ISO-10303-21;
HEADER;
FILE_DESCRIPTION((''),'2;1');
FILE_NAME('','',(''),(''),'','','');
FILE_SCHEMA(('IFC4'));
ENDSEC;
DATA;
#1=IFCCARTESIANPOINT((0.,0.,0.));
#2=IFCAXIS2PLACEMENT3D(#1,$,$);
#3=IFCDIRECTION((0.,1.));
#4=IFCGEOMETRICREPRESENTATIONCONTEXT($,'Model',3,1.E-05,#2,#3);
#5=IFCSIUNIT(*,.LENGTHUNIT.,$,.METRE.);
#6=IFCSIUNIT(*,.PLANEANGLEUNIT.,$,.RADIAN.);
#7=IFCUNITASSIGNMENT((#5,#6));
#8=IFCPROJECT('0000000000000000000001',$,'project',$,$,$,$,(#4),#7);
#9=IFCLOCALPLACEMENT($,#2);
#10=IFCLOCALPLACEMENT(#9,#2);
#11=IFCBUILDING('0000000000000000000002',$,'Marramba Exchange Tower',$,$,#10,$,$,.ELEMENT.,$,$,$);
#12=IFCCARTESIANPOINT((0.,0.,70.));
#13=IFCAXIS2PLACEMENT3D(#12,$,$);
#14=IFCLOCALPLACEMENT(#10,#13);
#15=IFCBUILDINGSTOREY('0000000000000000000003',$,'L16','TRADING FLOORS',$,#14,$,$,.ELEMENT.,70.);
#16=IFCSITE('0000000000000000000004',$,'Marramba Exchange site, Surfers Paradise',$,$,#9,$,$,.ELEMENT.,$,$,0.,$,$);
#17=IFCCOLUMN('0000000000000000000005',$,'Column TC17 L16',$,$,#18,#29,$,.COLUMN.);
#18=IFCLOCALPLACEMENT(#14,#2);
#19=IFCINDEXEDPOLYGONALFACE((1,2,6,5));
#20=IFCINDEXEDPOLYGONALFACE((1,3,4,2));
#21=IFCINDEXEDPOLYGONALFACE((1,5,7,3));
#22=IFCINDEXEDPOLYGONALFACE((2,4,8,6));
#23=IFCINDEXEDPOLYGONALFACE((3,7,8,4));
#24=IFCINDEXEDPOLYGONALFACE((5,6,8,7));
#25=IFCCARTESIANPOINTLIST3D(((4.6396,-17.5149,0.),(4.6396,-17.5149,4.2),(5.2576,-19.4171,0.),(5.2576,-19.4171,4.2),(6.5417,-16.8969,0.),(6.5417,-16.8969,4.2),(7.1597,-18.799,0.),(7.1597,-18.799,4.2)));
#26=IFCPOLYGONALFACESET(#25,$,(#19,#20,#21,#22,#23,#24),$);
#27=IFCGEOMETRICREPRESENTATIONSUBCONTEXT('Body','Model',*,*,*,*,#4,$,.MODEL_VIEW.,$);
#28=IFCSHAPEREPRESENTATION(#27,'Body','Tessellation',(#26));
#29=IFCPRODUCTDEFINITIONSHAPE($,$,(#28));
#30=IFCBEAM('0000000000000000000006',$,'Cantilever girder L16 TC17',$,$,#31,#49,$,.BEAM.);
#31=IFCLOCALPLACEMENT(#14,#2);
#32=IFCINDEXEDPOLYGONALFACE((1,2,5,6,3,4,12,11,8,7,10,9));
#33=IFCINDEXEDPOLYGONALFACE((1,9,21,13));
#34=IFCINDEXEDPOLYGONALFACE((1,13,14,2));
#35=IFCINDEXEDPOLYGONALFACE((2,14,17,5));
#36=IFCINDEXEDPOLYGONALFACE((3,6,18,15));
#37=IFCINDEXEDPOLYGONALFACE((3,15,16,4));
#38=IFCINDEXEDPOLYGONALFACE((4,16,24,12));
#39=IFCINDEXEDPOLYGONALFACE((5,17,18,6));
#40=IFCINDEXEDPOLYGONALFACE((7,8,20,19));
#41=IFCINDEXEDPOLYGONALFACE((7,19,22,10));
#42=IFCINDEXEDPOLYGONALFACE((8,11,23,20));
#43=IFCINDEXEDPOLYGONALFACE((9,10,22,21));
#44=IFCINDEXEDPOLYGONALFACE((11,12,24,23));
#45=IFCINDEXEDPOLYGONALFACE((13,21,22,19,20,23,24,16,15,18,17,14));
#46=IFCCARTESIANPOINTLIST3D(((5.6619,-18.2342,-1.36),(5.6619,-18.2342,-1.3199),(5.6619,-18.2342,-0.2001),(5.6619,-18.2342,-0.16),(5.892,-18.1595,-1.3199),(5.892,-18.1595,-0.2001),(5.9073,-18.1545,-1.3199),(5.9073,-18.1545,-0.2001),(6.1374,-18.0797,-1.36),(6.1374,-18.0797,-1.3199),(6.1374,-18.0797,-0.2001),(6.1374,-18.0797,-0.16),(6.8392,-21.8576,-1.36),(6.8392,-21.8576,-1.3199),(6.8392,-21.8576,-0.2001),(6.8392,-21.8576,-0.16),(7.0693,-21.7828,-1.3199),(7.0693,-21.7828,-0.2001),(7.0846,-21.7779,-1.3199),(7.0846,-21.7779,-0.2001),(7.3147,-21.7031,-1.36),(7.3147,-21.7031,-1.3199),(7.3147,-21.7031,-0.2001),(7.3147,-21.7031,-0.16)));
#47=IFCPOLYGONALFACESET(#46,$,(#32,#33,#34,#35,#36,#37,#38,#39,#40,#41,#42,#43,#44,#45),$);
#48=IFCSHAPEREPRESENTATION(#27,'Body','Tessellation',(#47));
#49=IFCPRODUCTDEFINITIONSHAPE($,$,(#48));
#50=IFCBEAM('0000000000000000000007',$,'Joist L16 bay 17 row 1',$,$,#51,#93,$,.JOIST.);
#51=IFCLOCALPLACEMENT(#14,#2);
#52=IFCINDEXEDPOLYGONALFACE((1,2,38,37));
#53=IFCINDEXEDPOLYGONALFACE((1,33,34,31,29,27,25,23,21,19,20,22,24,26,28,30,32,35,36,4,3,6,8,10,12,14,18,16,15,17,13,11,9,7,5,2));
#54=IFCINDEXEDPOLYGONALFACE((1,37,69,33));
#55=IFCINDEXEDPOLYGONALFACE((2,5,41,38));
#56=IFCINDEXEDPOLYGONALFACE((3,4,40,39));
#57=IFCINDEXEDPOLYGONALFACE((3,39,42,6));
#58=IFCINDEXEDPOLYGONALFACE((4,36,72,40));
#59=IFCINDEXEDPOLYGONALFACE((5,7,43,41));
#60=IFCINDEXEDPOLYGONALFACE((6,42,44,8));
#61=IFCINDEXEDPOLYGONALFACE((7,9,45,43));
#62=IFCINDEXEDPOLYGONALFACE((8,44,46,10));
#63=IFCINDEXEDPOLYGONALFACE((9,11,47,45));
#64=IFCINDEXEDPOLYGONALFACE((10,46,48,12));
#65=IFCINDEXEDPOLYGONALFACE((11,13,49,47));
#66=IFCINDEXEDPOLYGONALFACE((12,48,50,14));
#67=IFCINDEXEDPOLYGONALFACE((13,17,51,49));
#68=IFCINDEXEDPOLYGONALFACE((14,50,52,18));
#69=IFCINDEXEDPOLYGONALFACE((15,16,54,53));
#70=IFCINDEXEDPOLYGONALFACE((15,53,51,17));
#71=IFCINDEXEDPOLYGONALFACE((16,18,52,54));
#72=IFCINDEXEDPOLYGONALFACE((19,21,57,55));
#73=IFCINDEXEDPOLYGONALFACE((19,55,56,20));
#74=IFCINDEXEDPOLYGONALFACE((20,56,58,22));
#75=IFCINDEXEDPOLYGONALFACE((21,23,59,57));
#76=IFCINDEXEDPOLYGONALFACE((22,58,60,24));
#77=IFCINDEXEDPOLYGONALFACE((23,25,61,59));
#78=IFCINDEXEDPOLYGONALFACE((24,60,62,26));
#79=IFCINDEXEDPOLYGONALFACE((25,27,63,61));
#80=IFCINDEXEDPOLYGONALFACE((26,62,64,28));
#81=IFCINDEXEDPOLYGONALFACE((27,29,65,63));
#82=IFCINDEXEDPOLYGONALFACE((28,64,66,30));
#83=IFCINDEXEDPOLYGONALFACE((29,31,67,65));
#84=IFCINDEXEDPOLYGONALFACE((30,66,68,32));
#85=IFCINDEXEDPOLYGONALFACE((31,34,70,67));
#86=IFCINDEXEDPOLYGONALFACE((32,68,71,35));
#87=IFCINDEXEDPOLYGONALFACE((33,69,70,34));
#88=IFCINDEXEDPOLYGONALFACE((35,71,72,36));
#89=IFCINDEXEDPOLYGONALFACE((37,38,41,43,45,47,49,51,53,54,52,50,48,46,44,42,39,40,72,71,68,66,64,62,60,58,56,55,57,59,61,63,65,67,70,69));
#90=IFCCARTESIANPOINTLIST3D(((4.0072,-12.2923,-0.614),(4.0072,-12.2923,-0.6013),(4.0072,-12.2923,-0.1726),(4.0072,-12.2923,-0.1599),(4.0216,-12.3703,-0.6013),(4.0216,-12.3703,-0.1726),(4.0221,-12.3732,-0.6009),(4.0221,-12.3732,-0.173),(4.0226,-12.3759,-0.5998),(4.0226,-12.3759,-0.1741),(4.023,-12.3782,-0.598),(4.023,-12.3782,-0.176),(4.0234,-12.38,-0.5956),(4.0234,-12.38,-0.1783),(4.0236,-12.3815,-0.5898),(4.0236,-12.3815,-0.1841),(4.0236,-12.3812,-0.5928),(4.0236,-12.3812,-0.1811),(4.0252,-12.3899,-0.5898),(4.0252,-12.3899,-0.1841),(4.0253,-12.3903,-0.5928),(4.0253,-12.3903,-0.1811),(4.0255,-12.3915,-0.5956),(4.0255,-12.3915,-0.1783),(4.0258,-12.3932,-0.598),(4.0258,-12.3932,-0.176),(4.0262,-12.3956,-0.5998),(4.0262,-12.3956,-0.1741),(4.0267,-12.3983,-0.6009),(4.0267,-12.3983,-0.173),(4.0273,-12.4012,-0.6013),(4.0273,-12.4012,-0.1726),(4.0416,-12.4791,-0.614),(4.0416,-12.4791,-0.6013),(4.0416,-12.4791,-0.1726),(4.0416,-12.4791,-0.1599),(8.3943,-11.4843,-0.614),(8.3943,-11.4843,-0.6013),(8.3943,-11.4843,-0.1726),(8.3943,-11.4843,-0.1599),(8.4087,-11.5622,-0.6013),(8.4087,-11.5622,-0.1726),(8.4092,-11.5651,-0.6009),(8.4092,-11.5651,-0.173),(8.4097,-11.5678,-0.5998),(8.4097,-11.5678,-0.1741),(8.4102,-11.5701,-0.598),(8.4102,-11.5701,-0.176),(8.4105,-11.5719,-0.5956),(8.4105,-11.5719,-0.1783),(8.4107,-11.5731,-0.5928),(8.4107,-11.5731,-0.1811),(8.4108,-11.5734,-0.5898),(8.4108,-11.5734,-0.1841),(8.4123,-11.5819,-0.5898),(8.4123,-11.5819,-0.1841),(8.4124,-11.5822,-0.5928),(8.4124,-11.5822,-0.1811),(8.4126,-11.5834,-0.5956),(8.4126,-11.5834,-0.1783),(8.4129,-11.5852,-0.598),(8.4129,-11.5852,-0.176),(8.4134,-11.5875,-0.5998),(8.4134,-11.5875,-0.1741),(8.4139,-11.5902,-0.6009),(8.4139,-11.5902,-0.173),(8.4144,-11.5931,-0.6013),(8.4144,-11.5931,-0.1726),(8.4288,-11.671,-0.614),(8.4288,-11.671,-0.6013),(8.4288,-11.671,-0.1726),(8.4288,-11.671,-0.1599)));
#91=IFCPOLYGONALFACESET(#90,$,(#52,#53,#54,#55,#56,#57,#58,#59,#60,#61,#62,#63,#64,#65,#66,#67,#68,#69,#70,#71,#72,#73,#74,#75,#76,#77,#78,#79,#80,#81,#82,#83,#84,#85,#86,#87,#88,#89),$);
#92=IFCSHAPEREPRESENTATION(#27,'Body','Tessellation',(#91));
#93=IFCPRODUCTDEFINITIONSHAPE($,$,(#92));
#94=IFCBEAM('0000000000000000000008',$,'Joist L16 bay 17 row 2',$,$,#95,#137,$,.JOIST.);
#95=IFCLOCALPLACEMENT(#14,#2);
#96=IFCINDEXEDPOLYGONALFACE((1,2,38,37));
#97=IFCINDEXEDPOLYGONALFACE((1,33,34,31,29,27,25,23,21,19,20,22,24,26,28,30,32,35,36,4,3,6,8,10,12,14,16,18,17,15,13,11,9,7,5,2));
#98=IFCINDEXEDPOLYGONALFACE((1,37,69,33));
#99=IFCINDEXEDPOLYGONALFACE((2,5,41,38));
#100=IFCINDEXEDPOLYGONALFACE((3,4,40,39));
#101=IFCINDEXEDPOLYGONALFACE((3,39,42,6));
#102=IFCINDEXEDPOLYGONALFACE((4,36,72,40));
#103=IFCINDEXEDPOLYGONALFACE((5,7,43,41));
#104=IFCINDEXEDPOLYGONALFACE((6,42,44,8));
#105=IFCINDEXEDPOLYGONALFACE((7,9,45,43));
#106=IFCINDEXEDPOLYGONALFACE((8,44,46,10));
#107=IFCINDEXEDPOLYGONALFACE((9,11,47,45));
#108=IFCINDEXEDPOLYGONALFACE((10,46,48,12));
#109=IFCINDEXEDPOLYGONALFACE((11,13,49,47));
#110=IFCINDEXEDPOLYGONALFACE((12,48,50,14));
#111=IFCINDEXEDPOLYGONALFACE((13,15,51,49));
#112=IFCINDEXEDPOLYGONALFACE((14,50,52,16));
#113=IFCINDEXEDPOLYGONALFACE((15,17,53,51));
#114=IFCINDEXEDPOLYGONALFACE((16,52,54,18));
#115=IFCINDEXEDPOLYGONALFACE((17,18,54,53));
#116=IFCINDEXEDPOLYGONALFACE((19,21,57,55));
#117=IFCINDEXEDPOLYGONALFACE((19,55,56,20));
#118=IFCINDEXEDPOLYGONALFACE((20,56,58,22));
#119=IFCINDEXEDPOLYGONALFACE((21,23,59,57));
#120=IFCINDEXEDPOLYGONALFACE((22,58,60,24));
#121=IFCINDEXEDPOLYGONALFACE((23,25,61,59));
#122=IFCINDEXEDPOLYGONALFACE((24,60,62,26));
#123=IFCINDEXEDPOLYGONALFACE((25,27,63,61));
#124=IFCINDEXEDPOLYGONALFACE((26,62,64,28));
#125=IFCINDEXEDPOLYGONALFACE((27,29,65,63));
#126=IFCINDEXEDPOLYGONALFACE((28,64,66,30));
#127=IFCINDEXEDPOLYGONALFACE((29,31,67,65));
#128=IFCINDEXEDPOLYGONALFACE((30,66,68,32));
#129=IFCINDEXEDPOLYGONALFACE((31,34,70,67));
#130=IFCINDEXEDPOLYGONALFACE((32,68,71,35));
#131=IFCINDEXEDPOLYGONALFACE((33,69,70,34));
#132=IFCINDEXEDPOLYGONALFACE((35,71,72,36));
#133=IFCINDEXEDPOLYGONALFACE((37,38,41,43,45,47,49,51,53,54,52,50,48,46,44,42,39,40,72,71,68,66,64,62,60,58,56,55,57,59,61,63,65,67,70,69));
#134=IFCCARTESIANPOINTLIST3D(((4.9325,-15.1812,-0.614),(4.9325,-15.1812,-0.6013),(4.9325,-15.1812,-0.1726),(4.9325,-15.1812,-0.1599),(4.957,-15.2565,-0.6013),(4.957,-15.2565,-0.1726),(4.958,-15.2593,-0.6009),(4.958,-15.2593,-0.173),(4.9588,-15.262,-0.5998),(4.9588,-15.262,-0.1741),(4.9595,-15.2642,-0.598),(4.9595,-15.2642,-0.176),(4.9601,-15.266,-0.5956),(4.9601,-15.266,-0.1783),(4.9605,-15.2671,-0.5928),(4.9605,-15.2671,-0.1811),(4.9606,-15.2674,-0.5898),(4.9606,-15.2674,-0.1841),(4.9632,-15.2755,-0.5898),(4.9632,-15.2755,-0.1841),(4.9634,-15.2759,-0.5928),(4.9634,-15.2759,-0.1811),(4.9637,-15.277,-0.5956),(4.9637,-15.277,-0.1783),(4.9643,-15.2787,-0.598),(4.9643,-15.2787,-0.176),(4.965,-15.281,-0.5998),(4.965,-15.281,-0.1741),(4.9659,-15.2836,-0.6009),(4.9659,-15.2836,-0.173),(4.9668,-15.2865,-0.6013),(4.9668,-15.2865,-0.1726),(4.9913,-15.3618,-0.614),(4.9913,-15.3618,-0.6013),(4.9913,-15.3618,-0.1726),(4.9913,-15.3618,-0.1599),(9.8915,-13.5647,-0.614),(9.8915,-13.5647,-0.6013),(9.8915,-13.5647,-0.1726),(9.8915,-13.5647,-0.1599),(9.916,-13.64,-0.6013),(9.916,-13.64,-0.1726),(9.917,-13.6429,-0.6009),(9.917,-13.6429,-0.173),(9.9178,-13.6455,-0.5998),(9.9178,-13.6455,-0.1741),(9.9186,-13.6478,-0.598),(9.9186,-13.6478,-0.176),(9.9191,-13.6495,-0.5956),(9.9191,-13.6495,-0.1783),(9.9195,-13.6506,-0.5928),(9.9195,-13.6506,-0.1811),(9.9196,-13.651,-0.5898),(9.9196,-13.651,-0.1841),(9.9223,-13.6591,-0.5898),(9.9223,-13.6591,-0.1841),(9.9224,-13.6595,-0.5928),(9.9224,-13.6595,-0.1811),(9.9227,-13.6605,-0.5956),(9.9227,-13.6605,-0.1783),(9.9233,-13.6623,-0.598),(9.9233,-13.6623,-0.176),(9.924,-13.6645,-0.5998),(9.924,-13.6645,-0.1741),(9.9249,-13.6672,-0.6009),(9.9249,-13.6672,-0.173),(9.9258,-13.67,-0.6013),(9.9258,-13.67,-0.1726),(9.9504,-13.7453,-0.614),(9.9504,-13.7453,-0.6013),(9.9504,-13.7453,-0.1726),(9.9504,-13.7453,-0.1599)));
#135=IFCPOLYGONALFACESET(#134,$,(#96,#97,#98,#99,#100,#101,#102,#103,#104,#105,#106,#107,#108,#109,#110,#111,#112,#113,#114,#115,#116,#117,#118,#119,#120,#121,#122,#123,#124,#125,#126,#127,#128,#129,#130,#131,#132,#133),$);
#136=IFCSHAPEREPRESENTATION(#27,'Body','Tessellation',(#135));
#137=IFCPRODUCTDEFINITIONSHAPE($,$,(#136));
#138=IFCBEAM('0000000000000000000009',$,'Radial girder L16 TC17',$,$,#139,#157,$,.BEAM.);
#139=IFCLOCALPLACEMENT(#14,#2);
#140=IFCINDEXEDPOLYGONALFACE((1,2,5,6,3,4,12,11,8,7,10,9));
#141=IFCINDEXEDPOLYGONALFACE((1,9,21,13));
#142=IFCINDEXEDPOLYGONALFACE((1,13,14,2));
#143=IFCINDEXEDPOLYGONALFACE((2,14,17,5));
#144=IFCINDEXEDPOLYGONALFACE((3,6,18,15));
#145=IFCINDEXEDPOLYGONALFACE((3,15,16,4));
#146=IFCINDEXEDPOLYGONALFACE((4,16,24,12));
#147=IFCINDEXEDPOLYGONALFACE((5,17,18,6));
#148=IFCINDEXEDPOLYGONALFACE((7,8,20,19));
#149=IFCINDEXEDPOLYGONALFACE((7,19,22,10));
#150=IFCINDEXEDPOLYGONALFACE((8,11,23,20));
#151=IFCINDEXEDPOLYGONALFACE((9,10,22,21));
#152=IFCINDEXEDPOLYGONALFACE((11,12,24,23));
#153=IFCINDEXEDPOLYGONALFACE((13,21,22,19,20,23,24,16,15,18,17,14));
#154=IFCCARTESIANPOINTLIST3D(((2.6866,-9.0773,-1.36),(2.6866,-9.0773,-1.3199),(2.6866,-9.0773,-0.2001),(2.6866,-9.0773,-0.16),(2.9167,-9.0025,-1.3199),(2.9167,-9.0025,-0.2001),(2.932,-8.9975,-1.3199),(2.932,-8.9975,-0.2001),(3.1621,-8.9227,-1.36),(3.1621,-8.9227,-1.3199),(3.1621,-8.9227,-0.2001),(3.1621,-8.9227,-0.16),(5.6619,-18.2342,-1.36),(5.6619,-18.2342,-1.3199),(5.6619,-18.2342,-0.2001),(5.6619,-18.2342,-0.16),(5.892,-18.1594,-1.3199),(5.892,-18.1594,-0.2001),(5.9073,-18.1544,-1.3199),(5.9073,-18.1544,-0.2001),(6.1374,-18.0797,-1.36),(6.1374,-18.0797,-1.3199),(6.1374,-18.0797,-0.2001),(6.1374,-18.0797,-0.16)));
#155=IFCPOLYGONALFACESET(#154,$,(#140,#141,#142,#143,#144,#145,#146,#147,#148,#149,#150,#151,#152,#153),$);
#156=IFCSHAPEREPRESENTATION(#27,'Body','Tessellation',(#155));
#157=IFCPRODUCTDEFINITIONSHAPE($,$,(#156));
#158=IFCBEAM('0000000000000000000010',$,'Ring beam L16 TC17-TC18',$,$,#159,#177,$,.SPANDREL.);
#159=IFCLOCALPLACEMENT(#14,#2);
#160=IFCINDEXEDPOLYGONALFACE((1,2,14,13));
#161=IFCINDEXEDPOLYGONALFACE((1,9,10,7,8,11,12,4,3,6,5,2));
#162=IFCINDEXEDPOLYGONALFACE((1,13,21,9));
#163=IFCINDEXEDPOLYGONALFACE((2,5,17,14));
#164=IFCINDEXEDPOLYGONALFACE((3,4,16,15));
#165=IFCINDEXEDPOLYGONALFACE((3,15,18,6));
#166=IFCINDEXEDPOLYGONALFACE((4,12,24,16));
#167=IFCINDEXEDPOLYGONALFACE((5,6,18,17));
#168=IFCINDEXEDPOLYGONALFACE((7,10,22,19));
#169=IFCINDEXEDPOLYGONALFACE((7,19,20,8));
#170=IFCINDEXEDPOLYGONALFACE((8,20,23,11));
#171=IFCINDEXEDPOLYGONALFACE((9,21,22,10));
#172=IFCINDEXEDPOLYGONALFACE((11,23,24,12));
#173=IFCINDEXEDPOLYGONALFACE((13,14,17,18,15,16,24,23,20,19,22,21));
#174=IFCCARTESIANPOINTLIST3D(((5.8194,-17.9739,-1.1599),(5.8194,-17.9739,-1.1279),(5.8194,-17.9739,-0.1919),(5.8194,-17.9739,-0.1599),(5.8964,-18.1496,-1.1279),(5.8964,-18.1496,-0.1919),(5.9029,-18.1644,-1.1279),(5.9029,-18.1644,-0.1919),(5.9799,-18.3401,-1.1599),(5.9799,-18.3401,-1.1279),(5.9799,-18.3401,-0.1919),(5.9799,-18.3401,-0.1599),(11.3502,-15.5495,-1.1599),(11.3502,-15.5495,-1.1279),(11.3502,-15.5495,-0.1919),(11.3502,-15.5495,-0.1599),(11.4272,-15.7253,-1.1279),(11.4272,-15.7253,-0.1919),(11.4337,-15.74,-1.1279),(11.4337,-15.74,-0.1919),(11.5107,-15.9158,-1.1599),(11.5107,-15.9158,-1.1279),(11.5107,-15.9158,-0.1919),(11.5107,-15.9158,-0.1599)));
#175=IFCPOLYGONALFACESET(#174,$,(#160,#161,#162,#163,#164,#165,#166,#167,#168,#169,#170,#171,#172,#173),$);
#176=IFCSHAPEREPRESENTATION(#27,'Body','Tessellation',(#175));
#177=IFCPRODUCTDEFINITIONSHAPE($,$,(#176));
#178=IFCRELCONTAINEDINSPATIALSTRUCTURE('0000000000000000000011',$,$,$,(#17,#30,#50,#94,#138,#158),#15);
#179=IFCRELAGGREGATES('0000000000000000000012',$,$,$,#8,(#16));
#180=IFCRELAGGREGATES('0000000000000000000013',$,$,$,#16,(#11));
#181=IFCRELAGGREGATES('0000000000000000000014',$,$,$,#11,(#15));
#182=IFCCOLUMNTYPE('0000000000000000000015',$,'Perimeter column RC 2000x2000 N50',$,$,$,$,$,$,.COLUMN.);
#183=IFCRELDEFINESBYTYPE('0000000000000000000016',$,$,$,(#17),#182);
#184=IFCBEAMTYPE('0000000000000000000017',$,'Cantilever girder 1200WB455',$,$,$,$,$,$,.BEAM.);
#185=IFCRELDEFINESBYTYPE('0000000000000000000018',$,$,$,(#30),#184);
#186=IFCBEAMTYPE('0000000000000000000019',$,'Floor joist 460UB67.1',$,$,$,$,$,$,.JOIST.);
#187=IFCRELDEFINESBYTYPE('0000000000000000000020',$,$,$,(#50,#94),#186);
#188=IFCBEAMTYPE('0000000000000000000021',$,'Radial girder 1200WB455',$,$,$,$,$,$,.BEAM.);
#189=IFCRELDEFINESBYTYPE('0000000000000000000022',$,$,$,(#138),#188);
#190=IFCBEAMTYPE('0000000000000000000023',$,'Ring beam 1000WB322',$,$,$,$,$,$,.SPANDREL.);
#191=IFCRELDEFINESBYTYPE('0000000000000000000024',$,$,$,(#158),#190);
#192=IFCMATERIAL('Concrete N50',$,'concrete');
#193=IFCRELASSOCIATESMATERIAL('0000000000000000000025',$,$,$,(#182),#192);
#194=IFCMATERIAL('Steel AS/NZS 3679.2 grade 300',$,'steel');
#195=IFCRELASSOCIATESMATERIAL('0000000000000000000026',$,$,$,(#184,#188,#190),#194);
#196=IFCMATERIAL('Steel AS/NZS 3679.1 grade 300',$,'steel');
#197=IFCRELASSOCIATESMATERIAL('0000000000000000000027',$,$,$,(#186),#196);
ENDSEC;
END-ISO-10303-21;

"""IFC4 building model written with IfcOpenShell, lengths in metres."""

from ifc_helpers import new_model, si_unit, direction, frame, origin, origin_2d, place, context, subcontext, project, spatial, rectangle, i_section, extrude, material, material_profile, profile_set, type_object, element, save


model = new_model("IFC4")

# Units and contexts
model_context = context("Model", 3, precision=1e-05, world=origin(), true_north=direction((0.0, 1.0)))
body_context = subcontext(model_context, "Body", "Model", "MODEL_VIEW")
ifc_project = project(units=[si_unit("LENGTHUNIT", "METRE"), si_unit("PLANEANGLEUNIT", "RADIAN")], contexts=[model_context])

# Site, building, storey
site_placement = place(None, origin())
site = spatial("IfcSite", under=ifc_project, at=site_placement, Name="Marramba Exchange site, Surfers Paradise", CompositionType="ELEMENT", RefElevation=0.0)
building_placement = place(site_placement, origin())
building = spatial("IfcBuilding", under=site, at=building_placement, Name="Marramba Exchange Tower", CompositionType="ELEMENT")
storey_placement = place(building_placement, frame((0.0, 0.0, 70.0)))
storey = spatial("IfcBuildingStorey", under=building, at=storey_placement, Name="L16", Description="TRADING FLOORS", CompositionType="ELEMENT", Elevation=70.0)

# Column
ifc_material_1 = material(Name="Concrete N50", Category="concrete")
ifc_material_profile_1 = material_profile(ifc_material_1, rectangle(XDim=2.0, YDim=2.0, at=origin_2d()), Name="RC 2000x2000")
ifc_profile_set_1 = profile_set([ifc_material_profile_1], Name="Concrete N50")
column_type = type_object("IfcColumnType", Name="Perimeter column RC 2000x2000 N50", PredefinedType="COLUMN", material=ifc_profile_set_1)
column_placement = place(storey_placement, frame((5.8997, -18.157, 0.0), z_axis=(0.0, 0.0, 1.0), x_axis=(0.309017, -0.951057, 0.0)))
element("IfcColumn", 1, at=column_placement, inside=storey, type_object=column_type, Name="Column TC17 L16", PredefinedType="COLUMN", context=body_context, shape_type="SweptSolid", body=[
    extrude(rectangle(XDim=2.0, YDim=2.0, at=origin_2d()), origin(), (0.0, 0.0, 1.0), 4.2),
])

# Beams
ifc_material_2 = material(Name="Steel AS/NZS 3679.2 grade 300", Category="steel")
ifc_material_profile_2 = material_profile(ifc_material_2, i_section(OverallWidth=0.5, OverallDepth=1.2, WebThickness=0.0161, FlangeThickness=0.04, at=origin_2d()), Name="1200WB455")
ifc_profile_set_2 = profile_set([ifc_material_profile_2], Name="Steel AS/NZS 3679.2 grade 300")
beam_type_1 = type_object("IfcBeamType", Name="Cantilever girder 1200WB455", PredefinedType="BEAM", material=ifc_profile_set_2)
beam_1_placement = place(storey_placement, frame((5.8997, -18.157, -0.76), z_axis=(0.309009, -0.951059, 0.0), x_axis=(0.951059, 0.309009, 0.0)))
element("IfcBeam", 2, at=beam_1_placement, inside=storey, type_object=beam_type_1, Name="Cantilever girder L16 TC17", PredefinedType="BEAM", context=body_context, shape_type="SweptSolid", body=[
    extrude(i_section(OverallWidth=0.5, OverallDepth=1.2, WebThickness=0.0161, FlangeThickness=0.04, at=origin_2d()), origin(), (0.0, 0.0, 1.0), 3.8098),
])
ifc_material_3 = material(Name="Steel AS/NZS 3679.1 grade 300", Category="steel")
ifc_material_profile_3 = material_profile(ifc_material_3, i_section(OverallWidth=0.1899, OverallDepth=0.4541, WebThickness=0.0085, FlangeThickness=0.0127, FilletRadius=0.0115, at=origin_2d()), Name="460UB67.1")
ifc_profile_set_3 = profile_set([ifc_material_profile_3], Name="Steel AS/NZS 3679.1 grade 300")
beam_type_2 = type_object("IfcBeamType", Name="Floor joist 460UB67.1", PredefinedType="JOIST", material=ifc_profile_set_3)
beam_2_placement = place(storey_placement, frame((4.0244, -12.3857, -0.387), z_axis=(0.983456, 0.181149, 0.0), x_axis=(-0.181149, 0.983456, 0.0)))
element("IfcBeam", 3, at=beam_2_placement, inside=storey, type_object=beam_type_2, Name="Joist L16 bay 17 row 1", PredefinedType="JOIST", context=body_context, shape_type="SweptSolid", body=[
    extrude(i_section(OverallWidth=0.1899, OverallDepth=0.4541, WebThickness=0.0085, FlangeThickness=0.0127, FilletRadius=0.0115, at=origin_2d()), origin(), (0.0, 0.0, 1.0), 4.4609),
])
beam_3_placement = place(storey_placement, frame((4.9619, -15.2715, -0.387), z_axis=(0.950764, 0.309916, 0.0), x_axis=(-0.309916, 0.950764, 0.0)))
element("IfcBeam", 4, at=beam_3_placement, inside=storey, type_object=beam_type_2, Name="Joist L16 bay 17 row 2", PredefinedType="JOIST", context=body_context, shape_type="SweptSolid", body=[
    extrude(i_section(OverallWidth=0.1899, OverallDepth=0.4541, WebThickness=0.0085, FlangeThickness=0.0127, FilletRadius=0.0115, at=origin_2d()), origin(), (0.0, 0.0, 1.0), 5.2158),
])
ifc_material_profile_4 = material_profile(ifc_material_2, i_section(OverallWidth=0.5, OverallDepth=1.2, WebThickness=0.0161, FlangeThickness=0.04, at=origin_2d()), Name="1200WB455")
ifc_profile_set_4 = profile_set([ifc_material_profile_4], Name="Steel AS/NZS 3679.2 grade 300")
beam_type_3 = type_object("IfcBeamType", Name="Radial girder 1200WB455", PredefinedType="BEAM", material=ifc_profile_set_4)
beam_4_placement = place(storey_placement, frame((2.9243, -9.0, -0.76), z_axis=(0.309022, -0.951055, 0.0), x_axis=(0.951055, 0.309022, 0.0)))
element("IfcBeam", 5, at=beam_4_placement, inside=storey, type_object=beam_type_3, Name="Radial girder L16 TC17", PredefinedType="BEAM", context=body_context, shape_type="SweptSolid", body=[
    extrude(i_section(OverallWidth=0.5, OverallDepth=1.2, WebThickness=0.0161, FlangeThickness=0.04, at=origin_2d()), origin(), (0.0, 0.0, 1.0), 9.6282),
])
ifc_material_profile_5 = material_profile(ifc_material_2, i_section(OverallWidth=0.3999, OverallDepth=1.0, WebThickness=0.0161, FlangeThickness=0.032, at=origin_2d()), Name="1000WB322")
ifc_profile_set_5 = profile_set([ifc_material_profile_5], Name="Steel AS/NZS 3679.2 grade 300")
beam_type_4 = type_object("IfcBeamType", Name="Ring beam 1000WB322", PredefinedType="SPANDREL", material=ifc_profile_set_5)
beam_5_placement = place(storey_placement, frame((5.8997, -18.157, -0.6599), z_axis=(0.915877, 0.401459, 0.0), x_axis=(-0.401459, 0.915877, 0.0)))
element("IfcBeam", 6, at=beam_5_placement, inside=storey, type_object=beam_type_4, Name="Ring beam L16 TC17-TC18", PredefinedType="SPANDREL", context=body_context, shape_type="SweptSolid", body=[
    extrude(i_section(OverallWidth=0.3999, OverallDepth=1.0, WebThickness=0.0161, FlangeThickness=0.032, at=origin_2d()), origin(), (0.0, 0.0, 1.0), 6.0388),
])

save(model, "model.ifc")
